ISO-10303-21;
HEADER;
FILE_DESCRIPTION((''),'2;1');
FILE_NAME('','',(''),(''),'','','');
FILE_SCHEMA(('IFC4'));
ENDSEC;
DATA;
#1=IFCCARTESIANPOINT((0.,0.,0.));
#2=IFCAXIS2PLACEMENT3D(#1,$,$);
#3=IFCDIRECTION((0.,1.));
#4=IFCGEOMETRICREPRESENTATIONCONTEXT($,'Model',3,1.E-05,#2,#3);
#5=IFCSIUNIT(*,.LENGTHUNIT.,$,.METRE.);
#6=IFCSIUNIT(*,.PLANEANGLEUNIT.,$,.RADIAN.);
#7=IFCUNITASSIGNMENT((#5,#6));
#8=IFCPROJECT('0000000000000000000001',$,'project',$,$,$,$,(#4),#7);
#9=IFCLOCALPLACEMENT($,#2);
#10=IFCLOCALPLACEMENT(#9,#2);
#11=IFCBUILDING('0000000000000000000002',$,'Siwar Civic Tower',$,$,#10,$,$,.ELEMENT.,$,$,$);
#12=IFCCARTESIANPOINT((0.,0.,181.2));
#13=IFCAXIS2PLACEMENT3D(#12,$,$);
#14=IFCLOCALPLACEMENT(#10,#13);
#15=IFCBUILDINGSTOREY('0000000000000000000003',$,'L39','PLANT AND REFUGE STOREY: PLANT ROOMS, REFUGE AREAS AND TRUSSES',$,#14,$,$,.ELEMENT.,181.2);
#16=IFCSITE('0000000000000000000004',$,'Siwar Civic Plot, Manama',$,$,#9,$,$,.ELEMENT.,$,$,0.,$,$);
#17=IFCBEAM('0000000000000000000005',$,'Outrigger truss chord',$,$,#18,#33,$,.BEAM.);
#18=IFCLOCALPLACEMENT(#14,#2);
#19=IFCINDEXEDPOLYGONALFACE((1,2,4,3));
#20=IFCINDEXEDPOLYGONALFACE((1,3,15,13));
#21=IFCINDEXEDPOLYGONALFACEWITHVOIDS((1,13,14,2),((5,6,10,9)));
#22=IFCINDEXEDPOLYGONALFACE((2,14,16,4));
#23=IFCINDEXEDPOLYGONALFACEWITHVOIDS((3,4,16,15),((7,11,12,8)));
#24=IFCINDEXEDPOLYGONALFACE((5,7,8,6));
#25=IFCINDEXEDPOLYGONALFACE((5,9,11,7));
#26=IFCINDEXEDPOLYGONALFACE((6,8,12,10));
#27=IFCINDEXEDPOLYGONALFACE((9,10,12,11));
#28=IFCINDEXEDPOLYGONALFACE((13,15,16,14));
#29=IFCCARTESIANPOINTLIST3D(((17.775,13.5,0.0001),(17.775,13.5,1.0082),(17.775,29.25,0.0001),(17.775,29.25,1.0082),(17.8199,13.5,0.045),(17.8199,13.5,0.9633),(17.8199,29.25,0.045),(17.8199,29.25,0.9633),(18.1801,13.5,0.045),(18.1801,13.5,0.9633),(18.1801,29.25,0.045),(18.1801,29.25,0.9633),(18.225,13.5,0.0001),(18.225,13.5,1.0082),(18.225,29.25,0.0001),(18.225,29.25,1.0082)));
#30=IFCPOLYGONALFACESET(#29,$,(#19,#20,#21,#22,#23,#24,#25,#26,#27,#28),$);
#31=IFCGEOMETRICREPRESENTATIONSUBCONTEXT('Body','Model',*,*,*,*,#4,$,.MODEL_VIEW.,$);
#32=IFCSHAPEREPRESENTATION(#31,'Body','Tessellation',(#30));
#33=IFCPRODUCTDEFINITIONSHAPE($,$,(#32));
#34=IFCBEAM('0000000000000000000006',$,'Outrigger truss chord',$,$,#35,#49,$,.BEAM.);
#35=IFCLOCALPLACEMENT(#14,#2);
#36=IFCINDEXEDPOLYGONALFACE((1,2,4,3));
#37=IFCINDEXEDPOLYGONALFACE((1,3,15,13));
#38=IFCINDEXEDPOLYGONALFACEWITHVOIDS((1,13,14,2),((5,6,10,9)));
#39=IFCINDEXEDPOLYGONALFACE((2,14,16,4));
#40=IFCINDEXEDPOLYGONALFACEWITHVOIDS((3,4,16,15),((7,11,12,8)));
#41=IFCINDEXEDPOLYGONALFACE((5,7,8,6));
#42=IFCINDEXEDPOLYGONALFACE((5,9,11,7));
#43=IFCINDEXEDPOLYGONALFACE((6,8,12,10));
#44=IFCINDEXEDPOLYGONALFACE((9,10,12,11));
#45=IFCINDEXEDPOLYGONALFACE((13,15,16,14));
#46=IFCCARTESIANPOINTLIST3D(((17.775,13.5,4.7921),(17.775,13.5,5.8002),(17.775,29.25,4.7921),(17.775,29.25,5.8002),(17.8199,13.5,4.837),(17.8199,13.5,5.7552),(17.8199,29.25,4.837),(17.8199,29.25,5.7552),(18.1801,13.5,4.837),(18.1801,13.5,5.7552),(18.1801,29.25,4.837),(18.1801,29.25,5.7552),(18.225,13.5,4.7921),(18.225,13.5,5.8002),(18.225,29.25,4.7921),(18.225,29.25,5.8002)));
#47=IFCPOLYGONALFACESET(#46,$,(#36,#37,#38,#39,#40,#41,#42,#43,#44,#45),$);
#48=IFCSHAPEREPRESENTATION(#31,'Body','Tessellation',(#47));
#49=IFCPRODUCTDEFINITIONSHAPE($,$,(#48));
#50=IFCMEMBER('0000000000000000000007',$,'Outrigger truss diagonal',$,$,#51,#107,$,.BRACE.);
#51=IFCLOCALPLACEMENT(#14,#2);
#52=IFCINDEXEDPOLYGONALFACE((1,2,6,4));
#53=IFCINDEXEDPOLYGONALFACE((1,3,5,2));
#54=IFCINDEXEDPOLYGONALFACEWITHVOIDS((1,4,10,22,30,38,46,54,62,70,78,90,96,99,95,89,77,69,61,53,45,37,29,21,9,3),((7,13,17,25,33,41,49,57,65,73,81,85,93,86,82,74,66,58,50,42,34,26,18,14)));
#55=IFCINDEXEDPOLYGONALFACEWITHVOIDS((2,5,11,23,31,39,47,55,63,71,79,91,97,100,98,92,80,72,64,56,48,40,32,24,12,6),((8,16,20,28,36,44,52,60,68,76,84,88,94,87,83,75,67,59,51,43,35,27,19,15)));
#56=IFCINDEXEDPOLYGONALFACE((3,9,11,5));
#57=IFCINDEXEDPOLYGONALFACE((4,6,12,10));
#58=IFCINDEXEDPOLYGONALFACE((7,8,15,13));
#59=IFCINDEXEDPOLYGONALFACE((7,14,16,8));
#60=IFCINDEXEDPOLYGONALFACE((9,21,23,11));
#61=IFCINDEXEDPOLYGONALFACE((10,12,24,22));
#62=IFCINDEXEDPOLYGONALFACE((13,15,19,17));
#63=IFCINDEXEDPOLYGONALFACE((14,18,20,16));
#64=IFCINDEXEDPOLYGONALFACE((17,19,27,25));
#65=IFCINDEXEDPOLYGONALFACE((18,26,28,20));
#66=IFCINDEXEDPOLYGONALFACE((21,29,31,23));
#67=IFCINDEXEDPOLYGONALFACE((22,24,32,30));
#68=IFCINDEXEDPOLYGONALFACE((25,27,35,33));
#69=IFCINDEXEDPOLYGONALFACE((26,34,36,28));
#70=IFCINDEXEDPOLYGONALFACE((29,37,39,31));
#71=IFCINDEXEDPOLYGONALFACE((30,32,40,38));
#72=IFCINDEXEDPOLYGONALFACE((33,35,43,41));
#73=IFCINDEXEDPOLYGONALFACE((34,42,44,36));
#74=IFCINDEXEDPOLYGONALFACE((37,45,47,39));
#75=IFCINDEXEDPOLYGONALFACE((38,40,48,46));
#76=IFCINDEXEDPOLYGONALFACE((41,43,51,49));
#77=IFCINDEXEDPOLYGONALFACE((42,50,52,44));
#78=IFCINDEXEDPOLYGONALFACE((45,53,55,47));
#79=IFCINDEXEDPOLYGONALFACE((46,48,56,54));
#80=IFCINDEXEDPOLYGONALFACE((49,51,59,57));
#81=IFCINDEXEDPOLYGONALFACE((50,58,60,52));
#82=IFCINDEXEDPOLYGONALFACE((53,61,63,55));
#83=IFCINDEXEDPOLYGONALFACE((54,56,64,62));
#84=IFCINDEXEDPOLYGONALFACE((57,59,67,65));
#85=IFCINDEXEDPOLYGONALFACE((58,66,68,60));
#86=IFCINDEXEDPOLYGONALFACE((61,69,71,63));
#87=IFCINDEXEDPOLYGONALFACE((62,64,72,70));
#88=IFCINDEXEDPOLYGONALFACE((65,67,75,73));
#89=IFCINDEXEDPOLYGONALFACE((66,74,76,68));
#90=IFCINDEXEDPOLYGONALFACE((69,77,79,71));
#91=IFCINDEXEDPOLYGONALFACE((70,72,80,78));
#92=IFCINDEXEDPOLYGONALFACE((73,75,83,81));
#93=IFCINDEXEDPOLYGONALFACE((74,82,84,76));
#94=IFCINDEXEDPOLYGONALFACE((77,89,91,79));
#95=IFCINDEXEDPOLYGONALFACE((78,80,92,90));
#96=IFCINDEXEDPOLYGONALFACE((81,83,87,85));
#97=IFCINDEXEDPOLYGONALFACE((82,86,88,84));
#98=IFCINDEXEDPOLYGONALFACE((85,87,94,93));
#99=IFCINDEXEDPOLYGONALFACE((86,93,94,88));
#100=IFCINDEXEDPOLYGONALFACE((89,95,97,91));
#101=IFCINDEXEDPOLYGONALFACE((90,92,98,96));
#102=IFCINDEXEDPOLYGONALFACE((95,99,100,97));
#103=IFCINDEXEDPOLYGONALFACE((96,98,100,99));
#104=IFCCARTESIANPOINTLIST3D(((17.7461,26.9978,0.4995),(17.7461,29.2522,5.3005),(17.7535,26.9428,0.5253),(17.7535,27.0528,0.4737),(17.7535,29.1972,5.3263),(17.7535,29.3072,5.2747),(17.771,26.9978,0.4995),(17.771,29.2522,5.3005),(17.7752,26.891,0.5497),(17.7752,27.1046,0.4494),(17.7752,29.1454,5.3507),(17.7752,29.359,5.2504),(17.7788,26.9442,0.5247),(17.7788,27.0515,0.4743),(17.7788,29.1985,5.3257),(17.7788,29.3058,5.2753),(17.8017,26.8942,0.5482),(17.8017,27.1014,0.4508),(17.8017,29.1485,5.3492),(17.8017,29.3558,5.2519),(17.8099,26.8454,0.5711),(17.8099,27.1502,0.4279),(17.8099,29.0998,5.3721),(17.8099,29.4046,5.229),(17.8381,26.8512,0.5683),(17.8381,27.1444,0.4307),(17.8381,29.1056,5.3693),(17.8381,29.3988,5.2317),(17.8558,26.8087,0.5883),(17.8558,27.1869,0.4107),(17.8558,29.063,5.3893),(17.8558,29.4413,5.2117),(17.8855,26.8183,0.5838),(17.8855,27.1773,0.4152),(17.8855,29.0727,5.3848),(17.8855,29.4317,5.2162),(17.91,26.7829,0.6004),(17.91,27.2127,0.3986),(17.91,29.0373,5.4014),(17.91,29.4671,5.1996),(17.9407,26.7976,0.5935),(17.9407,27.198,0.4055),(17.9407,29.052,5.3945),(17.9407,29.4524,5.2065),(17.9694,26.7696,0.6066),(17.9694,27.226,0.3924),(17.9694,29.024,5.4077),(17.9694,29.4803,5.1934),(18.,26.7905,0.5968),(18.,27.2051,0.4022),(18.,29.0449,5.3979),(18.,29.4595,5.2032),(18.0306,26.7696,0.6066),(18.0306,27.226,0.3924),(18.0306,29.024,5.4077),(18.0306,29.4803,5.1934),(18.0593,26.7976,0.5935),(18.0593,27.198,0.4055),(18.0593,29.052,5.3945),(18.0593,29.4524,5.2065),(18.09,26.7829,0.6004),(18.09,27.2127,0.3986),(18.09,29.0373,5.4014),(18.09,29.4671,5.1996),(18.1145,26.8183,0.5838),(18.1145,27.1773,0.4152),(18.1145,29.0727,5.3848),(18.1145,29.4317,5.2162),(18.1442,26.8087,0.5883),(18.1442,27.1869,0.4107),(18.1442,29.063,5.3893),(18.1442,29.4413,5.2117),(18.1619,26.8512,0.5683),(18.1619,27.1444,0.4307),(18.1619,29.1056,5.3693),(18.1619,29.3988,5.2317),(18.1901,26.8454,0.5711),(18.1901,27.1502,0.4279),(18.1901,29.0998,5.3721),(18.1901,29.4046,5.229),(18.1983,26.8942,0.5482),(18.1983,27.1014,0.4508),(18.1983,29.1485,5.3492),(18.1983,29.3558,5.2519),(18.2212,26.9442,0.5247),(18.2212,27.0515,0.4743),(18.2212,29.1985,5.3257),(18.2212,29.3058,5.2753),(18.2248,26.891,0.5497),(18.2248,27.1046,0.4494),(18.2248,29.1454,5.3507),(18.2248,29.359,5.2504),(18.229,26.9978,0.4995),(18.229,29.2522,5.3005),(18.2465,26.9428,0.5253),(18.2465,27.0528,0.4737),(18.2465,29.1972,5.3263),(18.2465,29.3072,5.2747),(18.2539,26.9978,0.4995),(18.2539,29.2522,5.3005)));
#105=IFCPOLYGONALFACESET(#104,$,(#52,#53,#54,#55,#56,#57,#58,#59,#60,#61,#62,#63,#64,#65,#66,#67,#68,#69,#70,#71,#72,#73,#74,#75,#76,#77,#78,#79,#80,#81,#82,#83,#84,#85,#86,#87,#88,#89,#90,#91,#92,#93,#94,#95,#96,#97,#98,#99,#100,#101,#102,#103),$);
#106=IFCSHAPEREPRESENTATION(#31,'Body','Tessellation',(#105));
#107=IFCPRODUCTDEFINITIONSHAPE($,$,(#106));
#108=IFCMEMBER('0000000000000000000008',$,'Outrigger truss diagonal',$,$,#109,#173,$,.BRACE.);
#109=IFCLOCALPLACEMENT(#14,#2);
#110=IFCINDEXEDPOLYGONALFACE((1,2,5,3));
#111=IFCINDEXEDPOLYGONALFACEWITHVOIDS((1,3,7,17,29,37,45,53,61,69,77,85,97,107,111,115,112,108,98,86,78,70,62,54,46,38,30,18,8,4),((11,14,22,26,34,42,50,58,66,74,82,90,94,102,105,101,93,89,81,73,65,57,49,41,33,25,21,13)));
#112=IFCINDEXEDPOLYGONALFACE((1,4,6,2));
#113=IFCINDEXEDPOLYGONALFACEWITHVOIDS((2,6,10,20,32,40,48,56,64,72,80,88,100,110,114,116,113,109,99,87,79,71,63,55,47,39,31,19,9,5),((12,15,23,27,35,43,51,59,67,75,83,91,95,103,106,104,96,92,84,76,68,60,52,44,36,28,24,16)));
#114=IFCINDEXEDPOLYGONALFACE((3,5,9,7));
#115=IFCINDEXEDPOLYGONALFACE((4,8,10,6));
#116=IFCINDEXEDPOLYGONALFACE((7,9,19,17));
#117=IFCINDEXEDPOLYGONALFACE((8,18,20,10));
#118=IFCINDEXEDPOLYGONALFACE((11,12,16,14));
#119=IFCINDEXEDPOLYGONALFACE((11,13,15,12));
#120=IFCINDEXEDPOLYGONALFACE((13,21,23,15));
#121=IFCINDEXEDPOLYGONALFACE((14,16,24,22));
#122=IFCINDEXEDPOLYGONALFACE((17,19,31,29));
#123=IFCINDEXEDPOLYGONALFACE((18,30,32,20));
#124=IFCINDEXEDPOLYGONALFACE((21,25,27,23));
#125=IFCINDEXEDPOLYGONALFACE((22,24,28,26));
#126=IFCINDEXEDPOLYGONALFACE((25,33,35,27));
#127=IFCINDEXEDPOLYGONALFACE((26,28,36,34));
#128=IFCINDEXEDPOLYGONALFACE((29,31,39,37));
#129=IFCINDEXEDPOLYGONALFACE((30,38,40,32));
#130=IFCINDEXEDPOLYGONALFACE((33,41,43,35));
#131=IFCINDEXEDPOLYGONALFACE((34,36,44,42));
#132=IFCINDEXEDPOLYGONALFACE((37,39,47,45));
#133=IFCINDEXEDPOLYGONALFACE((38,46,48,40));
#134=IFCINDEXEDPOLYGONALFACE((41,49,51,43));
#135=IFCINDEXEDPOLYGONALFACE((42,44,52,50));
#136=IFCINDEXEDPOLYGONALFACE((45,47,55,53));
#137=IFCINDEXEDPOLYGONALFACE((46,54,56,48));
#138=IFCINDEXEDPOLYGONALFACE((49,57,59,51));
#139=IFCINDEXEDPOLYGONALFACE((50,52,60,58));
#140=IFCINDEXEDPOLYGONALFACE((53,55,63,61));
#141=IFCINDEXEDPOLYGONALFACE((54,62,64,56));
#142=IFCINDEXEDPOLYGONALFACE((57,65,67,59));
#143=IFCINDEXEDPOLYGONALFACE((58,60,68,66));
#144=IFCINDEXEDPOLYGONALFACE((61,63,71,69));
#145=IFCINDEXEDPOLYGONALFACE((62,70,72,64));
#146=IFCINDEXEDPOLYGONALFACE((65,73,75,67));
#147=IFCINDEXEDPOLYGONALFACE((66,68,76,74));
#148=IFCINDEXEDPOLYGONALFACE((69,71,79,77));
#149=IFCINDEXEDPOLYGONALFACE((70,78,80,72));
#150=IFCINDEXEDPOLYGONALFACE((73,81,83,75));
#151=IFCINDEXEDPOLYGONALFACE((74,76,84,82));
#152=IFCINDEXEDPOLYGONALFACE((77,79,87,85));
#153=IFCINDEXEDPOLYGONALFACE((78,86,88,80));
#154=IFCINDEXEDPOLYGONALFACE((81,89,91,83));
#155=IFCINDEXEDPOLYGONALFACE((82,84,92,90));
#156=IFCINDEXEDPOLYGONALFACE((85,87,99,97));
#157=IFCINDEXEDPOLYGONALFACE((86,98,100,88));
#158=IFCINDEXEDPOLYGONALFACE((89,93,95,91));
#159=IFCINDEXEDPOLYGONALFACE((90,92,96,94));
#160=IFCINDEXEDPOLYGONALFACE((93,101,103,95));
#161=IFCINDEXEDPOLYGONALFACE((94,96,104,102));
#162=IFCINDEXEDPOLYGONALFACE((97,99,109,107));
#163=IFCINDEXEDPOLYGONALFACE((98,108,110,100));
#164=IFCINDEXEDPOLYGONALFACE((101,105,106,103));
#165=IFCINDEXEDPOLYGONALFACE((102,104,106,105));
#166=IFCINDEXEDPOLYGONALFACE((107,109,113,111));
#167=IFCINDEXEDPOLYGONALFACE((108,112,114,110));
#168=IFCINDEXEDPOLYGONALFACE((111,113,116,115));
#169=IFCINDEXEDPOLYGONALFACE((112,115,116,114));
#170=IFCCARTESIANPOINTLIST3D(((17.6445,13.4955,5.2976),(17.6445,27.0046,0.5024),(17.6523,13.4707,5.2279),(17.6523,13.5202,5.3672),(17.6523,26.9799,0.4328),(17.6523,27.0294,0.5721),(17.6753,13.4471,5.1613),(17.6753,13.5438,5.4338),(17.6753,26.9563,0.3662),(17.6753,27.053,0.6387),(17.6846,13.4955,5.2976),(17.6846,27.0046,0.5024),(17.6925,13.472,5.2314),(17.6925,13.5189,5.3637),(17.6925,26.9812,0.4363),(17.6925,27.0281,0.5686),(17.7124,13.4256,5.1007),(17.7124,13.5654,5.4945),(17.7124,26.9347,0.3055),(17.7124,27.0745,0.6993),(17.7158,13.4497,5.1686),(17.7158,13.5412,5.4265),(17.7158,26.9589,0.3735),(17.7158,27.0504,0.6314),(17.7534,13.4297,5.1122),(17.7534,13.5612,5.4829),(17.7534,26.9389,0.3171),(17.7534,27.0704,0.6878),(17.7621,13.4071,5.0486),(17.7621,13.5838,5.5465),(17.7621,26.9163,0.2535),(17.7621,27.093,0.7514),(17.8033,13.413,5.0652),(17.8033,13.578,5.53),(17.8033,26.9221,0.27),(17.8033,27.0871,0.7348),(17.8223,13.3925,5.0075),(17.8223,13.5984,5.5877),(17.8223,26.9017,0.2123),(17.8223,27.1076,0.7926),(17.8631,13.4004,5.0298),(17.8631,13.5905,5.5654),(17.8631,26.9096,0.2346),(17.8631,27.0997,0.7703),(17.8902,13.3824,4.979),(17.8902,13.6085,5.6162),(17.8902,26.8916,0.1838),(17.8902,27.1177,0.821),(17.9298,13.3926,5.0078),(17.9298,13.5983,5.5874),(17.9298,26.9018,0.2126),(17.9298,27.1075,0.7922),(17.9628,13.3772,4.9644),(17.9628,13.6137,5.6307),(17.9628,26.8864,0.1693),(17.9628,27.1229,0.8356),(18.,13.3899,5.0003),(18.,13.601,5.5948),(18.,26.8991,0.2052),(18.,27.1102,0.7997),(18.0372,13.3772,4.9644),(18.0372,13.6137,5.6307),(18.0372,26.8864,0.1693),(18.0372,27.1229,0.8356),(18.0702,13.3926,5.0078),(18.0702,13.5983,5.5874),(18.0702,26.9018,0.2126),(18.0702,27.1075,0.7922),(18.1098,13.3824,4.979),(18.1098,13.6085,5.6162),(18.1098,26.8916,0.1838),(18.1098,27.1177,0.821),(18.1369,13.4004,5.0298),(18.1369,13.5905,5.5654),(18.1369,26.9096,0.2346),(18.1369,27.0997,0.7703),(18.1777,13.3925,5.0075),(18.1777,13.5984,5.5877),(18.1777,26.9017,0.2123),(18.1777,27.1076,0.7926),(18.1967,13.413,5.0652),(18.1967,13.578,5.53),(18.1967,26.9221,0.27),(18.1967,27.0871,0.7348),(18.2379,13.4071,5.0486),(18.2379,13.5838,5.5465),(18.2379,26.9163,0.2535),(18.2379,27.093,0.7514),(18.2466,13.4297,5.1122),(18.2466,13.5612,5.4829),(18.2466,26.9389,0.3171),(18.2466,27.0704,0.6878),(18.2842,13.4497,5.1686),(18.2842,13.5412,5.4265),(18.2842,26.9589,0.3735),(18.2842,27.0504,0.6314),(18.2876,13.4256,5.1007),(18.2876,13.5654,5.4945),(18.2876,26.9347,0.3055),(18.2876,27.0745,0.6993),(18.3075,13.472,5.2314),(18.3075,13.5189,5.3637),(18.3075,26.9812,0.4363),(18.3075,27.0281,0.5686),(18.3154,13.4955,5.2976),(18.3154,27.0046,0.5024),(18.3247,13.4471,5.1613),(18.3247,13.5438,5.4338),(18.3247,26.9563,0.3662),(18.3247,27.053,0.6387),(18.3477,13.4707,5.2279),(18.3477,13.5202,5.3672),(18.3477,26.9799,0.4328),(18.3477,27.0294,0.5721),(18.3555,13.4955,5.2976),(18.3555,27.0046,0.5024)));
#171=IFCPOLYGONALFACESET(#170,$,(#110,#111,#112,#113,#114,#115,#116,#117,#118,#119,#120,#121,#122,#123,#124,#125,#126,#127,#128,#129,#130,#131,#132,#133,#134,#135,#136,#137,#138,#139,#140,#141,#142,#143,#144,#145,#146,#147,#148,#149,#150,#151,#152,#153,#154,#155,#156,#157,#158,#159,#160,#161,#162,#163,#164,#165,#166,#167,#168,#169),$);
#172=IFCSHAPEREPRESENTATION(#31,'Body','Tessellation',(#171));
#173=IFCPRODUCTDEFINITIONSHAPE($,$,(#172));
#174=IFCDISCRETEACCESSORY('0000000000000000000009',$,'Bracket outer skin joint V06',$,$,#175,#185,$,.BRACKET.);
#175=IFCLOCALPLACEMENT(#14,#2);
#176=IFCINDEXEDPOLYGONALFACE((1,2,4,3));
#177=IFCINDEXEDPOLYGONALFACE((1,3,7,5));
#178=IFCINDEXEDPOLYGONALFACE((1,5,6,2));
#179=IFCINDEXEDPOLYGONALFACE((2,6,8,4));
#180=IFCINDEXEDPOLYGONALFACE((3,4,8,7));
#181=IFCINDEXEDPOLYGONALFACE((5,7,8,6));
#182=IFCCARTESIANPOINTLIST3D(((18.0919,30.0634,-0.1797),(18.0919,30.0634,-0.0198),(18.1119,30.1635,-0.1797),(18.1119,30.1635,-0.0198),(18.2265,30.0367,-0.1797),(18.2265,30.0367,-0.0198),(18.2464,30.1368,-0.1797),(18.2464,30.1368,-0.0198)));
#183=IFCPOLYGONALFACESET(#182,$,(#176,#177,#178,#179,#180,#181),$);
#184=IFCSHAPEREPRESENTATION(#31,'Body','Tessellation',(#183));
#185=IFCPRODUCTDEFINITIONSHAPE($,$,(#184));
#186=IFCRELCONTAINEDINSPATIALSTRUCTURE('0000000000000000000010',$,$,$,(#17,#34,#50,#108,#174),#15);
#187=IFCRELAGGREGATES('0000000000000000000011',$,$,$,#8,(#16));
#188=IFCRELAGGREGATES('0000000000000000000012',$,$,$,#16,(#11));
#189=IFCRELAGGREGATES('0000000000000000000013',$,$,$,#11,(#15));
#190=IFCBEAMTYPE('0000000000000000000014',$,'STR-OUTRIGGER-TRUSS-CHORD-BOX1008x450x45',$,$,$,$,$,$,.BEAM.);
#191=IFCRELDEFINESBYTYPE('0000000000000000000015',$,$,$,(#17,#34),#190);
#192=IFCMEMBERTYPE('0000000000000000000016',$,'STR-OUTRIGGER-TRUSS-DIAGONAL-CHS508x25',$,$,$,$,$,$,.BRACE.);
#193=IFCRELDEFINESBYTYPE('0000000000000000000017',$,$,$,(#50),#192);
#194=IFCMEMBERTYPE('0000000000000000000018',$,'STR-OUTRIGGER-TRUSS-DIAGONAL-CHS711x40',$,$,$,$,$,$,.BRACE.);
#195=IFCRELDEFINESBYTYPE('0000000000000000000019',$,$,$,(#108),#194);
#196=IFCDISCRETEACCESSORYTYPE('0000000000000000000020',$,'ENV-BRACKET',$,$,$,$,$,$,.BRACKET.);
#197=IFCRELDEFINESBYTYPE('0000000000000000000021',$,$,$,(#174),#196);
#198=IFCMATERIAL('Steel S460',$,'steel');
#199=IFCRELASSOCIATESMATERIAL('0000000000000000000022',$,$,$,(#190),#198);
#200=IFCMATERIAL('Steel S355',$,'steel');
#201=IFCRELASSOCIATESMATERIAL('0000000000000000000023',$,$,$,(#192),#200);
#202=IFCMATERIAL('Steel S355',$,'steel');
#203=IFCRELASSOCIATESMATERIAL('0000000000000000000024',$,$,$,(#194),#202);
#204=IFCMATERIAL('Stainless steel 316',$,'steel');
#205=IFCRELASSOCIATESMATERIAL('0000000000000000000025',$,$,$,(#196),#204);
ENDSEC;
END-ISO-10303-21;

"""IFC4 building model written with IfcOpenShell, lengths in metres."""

from ifc_helpers import new_model, si_unit, direction, frame, origin, origin_2d, place, context, subcontext, project, spatial, rectangle, hollow_rectangle, hollow_circle, extrude, material, material_profile, profile_set, type_object, element, save


model = new_model("IFC4")

# Units and contexts
model_context = context("Model", 3, precision=1e-05, world=origin(), true_north=direction((0.0, 1.0)))
body_context = subcontext(model_context, "Body", "Model", "MODEL_VIEW")
ifc_project = project(units=[si_unit("LENGTHUNIT", "METRE"), si_unit("PLANEANGLEUNIT", "RADIAN")], contexts=[model_context])

# Site, building, storey
site_placement = place(None, origin())
site = spatial("IfcSite", under=ifc_project, at=site_placement, Name="Siwar Civic Plot, Manama", CompositionType="ELEMENT", RefElevation=0.0)
building_placement = place(site_placement, origin())
building = spatial("IfcBuilding", under=site, at=building_placement, Name="Siwar Civic Tower", CompositionType="ELEMENT")
storey_placement = place(building_placement, frame((0.0, 0.0, 181.2)))
storey = spatial("IfcBuildingStorey", under=building, at=storey_placement, Name="L39", Description="PLANT AND REFUGE STOREY: PLANT ROOMS, REFUGE AREAS AND TRUSSES", CompositionType="ELEMENT", Elevation=181.2)

# Beams
ifc_material_1 = material(Name="Steel S460", Category="steel")
ifc_material_profile_1 = material_profile(ifc_material_1, hollow_rectangle(XDim=0.45, YDim=1.0081, WallThickness=0.0449, at=origin_2d()), Name="BOX1008x450x45")
ifc_profile_set_1 = profile_set([ifc_material_profile_1], Name="Steel S460")
beam_type_1 = type_object("IfcBeamType", Name="STR-OUTRIGGER-TRUSS-CHORD-BOX1008x450x45", PredefinedType="BEAM", material=ifc_profile_set_1)
for number, where, z_axis, x_axis, name in (
    (1, (18.0, 29.25, 0.5042), (0.0, -1.0, 0.0), (1.0, 0.0, 0.0), "Outrigger truss chord"),
    (2, (18.0, 29.25, 5.2961), (0.0, -1.0, 0.0), (1.0, 0.0, 0.0), "Outrigger truss chord"),
):
    element("IfcBeam", number, at=place(storey_placement, frame(where, z_axis=z_axis, x_axis=x_axis)), inside=storey, type_object=beam_type_1, Name=name, PredefinedType="BEAM", context=body_context, shape_type="SweptSolid", body=[
        extrude(hollow_rectangle(XDim=0.45, YDim=1.0081, WallThickness=0.0449, at=origin_2d()), origin(), (0.0, 0.0, 1.0), 15.75),
    ])

# Members
ifc_material_2 = material(Name="Steel S355", Category="steel")
ifc_material_profile_2 = material_profile(ifc_material_2, hollow_circle(Radius=0.2539, WallThickness=0.0249, at=origin_2d()), Name="CHS508x25")
ifc_profile_set_2 = profile_set([ifc_material_profile_2], Name="Steel S355")
member_type_1 = type_object("IfcMemberType", Name="STR-OUTRIGGER-TRUSS-DIAGONAL-CHS508x25", PredefinedType="BRACE", material=ifc_profile_set_2)
member_1_placement = place(storey_placement, frame((18.0, 26.9978, 0.4995), z_axis=(0.0, 0.425039, 0.905175), x_axis=(-1.0, 0.0, 0.0)))
element("IfcMember", 3, at=member_1_placement, inside=storey, type_object=member_type_1, Name="Outrigger truss diagonal", PredefinedType="BRACE", context=body_context, shape_type="SweptSolid", body=[
    extrude(hollow_circle(Radius=0.2539, WallThickness=0.0249, at=origin_2d()), origin(), (0.0, 0.0, 1.0), 5.304),
])
ifc_material_3 = material(Name="Steel S355", Category="steel")
ifc_material_profile_3 = material_profile(ifc_material_3, hollow_circle(Radius=0.3555, WallThickness=0.04, at=origin_2d()), Name="CHS711x40")
ifc_profile_set_3 = profile_set([ifc_material_profile_3], Name="Steel S355")
member_type_2 = type_object("IfcMemberType", Name="STR-OUTRIGGER-TRUSS-DIAGONAL-CHS711x40", PredefinedType="BRACE", material=ifc_profile_set_3)
member_2_placement = place(storey_placement, frame((18.0, 27.0046, 0.5024), z_axis=(0.0, -0.942394, 0.334506), x_axis=(1.0, 0.0, 0.0)))
element("IfcMember", 4, at=member_2_placement, inside=storey, type_object=member_type_2, Name="Outrigger truss diagonal", PredefinedType="BRACE", context=body_context, shape_type="SweptSolid", body=[
    extrude(hollow_circle(Radius=0.3555, WallThickness=0.04, at=origin_2d()), origin(), (0.0, 0.0, 1.0), 14.335),
])

# Discrete accessory
ifc_material_4 = material(Name="Stainless steel 316", Category="steel")
discrete_accessory_type_1 = type_object("IfcDiscreteAccessoryType", Name="ENV-BRACKET", PredefinedType="BRACKET", material=ifc_material_4)
discrete_accessory_1_placement = place(storey_placement, frame((18.1692, 30.1001, -0.1797), z_axis=(0.0, 0.0, 1.0), x_axis=(0.19509, 0.980785, 0.0)))
element("IfcDiscreteAccessory", 5, at=discrete_accessory_1_placement, inside=storey, type_object=discrete_accessory_type_1, Name="Bracket outer skin joint V06", PredefinedType="BRACKET", context=body_context, shape_type="SweptSolid", body=[
    extrude(rectangle(XDim=0.1021, YDim=0.1372, at=origin_2d()), origin(), (0.0, 0.0, 1.0), 0.1599),
])

save(model, "model.ifc")
